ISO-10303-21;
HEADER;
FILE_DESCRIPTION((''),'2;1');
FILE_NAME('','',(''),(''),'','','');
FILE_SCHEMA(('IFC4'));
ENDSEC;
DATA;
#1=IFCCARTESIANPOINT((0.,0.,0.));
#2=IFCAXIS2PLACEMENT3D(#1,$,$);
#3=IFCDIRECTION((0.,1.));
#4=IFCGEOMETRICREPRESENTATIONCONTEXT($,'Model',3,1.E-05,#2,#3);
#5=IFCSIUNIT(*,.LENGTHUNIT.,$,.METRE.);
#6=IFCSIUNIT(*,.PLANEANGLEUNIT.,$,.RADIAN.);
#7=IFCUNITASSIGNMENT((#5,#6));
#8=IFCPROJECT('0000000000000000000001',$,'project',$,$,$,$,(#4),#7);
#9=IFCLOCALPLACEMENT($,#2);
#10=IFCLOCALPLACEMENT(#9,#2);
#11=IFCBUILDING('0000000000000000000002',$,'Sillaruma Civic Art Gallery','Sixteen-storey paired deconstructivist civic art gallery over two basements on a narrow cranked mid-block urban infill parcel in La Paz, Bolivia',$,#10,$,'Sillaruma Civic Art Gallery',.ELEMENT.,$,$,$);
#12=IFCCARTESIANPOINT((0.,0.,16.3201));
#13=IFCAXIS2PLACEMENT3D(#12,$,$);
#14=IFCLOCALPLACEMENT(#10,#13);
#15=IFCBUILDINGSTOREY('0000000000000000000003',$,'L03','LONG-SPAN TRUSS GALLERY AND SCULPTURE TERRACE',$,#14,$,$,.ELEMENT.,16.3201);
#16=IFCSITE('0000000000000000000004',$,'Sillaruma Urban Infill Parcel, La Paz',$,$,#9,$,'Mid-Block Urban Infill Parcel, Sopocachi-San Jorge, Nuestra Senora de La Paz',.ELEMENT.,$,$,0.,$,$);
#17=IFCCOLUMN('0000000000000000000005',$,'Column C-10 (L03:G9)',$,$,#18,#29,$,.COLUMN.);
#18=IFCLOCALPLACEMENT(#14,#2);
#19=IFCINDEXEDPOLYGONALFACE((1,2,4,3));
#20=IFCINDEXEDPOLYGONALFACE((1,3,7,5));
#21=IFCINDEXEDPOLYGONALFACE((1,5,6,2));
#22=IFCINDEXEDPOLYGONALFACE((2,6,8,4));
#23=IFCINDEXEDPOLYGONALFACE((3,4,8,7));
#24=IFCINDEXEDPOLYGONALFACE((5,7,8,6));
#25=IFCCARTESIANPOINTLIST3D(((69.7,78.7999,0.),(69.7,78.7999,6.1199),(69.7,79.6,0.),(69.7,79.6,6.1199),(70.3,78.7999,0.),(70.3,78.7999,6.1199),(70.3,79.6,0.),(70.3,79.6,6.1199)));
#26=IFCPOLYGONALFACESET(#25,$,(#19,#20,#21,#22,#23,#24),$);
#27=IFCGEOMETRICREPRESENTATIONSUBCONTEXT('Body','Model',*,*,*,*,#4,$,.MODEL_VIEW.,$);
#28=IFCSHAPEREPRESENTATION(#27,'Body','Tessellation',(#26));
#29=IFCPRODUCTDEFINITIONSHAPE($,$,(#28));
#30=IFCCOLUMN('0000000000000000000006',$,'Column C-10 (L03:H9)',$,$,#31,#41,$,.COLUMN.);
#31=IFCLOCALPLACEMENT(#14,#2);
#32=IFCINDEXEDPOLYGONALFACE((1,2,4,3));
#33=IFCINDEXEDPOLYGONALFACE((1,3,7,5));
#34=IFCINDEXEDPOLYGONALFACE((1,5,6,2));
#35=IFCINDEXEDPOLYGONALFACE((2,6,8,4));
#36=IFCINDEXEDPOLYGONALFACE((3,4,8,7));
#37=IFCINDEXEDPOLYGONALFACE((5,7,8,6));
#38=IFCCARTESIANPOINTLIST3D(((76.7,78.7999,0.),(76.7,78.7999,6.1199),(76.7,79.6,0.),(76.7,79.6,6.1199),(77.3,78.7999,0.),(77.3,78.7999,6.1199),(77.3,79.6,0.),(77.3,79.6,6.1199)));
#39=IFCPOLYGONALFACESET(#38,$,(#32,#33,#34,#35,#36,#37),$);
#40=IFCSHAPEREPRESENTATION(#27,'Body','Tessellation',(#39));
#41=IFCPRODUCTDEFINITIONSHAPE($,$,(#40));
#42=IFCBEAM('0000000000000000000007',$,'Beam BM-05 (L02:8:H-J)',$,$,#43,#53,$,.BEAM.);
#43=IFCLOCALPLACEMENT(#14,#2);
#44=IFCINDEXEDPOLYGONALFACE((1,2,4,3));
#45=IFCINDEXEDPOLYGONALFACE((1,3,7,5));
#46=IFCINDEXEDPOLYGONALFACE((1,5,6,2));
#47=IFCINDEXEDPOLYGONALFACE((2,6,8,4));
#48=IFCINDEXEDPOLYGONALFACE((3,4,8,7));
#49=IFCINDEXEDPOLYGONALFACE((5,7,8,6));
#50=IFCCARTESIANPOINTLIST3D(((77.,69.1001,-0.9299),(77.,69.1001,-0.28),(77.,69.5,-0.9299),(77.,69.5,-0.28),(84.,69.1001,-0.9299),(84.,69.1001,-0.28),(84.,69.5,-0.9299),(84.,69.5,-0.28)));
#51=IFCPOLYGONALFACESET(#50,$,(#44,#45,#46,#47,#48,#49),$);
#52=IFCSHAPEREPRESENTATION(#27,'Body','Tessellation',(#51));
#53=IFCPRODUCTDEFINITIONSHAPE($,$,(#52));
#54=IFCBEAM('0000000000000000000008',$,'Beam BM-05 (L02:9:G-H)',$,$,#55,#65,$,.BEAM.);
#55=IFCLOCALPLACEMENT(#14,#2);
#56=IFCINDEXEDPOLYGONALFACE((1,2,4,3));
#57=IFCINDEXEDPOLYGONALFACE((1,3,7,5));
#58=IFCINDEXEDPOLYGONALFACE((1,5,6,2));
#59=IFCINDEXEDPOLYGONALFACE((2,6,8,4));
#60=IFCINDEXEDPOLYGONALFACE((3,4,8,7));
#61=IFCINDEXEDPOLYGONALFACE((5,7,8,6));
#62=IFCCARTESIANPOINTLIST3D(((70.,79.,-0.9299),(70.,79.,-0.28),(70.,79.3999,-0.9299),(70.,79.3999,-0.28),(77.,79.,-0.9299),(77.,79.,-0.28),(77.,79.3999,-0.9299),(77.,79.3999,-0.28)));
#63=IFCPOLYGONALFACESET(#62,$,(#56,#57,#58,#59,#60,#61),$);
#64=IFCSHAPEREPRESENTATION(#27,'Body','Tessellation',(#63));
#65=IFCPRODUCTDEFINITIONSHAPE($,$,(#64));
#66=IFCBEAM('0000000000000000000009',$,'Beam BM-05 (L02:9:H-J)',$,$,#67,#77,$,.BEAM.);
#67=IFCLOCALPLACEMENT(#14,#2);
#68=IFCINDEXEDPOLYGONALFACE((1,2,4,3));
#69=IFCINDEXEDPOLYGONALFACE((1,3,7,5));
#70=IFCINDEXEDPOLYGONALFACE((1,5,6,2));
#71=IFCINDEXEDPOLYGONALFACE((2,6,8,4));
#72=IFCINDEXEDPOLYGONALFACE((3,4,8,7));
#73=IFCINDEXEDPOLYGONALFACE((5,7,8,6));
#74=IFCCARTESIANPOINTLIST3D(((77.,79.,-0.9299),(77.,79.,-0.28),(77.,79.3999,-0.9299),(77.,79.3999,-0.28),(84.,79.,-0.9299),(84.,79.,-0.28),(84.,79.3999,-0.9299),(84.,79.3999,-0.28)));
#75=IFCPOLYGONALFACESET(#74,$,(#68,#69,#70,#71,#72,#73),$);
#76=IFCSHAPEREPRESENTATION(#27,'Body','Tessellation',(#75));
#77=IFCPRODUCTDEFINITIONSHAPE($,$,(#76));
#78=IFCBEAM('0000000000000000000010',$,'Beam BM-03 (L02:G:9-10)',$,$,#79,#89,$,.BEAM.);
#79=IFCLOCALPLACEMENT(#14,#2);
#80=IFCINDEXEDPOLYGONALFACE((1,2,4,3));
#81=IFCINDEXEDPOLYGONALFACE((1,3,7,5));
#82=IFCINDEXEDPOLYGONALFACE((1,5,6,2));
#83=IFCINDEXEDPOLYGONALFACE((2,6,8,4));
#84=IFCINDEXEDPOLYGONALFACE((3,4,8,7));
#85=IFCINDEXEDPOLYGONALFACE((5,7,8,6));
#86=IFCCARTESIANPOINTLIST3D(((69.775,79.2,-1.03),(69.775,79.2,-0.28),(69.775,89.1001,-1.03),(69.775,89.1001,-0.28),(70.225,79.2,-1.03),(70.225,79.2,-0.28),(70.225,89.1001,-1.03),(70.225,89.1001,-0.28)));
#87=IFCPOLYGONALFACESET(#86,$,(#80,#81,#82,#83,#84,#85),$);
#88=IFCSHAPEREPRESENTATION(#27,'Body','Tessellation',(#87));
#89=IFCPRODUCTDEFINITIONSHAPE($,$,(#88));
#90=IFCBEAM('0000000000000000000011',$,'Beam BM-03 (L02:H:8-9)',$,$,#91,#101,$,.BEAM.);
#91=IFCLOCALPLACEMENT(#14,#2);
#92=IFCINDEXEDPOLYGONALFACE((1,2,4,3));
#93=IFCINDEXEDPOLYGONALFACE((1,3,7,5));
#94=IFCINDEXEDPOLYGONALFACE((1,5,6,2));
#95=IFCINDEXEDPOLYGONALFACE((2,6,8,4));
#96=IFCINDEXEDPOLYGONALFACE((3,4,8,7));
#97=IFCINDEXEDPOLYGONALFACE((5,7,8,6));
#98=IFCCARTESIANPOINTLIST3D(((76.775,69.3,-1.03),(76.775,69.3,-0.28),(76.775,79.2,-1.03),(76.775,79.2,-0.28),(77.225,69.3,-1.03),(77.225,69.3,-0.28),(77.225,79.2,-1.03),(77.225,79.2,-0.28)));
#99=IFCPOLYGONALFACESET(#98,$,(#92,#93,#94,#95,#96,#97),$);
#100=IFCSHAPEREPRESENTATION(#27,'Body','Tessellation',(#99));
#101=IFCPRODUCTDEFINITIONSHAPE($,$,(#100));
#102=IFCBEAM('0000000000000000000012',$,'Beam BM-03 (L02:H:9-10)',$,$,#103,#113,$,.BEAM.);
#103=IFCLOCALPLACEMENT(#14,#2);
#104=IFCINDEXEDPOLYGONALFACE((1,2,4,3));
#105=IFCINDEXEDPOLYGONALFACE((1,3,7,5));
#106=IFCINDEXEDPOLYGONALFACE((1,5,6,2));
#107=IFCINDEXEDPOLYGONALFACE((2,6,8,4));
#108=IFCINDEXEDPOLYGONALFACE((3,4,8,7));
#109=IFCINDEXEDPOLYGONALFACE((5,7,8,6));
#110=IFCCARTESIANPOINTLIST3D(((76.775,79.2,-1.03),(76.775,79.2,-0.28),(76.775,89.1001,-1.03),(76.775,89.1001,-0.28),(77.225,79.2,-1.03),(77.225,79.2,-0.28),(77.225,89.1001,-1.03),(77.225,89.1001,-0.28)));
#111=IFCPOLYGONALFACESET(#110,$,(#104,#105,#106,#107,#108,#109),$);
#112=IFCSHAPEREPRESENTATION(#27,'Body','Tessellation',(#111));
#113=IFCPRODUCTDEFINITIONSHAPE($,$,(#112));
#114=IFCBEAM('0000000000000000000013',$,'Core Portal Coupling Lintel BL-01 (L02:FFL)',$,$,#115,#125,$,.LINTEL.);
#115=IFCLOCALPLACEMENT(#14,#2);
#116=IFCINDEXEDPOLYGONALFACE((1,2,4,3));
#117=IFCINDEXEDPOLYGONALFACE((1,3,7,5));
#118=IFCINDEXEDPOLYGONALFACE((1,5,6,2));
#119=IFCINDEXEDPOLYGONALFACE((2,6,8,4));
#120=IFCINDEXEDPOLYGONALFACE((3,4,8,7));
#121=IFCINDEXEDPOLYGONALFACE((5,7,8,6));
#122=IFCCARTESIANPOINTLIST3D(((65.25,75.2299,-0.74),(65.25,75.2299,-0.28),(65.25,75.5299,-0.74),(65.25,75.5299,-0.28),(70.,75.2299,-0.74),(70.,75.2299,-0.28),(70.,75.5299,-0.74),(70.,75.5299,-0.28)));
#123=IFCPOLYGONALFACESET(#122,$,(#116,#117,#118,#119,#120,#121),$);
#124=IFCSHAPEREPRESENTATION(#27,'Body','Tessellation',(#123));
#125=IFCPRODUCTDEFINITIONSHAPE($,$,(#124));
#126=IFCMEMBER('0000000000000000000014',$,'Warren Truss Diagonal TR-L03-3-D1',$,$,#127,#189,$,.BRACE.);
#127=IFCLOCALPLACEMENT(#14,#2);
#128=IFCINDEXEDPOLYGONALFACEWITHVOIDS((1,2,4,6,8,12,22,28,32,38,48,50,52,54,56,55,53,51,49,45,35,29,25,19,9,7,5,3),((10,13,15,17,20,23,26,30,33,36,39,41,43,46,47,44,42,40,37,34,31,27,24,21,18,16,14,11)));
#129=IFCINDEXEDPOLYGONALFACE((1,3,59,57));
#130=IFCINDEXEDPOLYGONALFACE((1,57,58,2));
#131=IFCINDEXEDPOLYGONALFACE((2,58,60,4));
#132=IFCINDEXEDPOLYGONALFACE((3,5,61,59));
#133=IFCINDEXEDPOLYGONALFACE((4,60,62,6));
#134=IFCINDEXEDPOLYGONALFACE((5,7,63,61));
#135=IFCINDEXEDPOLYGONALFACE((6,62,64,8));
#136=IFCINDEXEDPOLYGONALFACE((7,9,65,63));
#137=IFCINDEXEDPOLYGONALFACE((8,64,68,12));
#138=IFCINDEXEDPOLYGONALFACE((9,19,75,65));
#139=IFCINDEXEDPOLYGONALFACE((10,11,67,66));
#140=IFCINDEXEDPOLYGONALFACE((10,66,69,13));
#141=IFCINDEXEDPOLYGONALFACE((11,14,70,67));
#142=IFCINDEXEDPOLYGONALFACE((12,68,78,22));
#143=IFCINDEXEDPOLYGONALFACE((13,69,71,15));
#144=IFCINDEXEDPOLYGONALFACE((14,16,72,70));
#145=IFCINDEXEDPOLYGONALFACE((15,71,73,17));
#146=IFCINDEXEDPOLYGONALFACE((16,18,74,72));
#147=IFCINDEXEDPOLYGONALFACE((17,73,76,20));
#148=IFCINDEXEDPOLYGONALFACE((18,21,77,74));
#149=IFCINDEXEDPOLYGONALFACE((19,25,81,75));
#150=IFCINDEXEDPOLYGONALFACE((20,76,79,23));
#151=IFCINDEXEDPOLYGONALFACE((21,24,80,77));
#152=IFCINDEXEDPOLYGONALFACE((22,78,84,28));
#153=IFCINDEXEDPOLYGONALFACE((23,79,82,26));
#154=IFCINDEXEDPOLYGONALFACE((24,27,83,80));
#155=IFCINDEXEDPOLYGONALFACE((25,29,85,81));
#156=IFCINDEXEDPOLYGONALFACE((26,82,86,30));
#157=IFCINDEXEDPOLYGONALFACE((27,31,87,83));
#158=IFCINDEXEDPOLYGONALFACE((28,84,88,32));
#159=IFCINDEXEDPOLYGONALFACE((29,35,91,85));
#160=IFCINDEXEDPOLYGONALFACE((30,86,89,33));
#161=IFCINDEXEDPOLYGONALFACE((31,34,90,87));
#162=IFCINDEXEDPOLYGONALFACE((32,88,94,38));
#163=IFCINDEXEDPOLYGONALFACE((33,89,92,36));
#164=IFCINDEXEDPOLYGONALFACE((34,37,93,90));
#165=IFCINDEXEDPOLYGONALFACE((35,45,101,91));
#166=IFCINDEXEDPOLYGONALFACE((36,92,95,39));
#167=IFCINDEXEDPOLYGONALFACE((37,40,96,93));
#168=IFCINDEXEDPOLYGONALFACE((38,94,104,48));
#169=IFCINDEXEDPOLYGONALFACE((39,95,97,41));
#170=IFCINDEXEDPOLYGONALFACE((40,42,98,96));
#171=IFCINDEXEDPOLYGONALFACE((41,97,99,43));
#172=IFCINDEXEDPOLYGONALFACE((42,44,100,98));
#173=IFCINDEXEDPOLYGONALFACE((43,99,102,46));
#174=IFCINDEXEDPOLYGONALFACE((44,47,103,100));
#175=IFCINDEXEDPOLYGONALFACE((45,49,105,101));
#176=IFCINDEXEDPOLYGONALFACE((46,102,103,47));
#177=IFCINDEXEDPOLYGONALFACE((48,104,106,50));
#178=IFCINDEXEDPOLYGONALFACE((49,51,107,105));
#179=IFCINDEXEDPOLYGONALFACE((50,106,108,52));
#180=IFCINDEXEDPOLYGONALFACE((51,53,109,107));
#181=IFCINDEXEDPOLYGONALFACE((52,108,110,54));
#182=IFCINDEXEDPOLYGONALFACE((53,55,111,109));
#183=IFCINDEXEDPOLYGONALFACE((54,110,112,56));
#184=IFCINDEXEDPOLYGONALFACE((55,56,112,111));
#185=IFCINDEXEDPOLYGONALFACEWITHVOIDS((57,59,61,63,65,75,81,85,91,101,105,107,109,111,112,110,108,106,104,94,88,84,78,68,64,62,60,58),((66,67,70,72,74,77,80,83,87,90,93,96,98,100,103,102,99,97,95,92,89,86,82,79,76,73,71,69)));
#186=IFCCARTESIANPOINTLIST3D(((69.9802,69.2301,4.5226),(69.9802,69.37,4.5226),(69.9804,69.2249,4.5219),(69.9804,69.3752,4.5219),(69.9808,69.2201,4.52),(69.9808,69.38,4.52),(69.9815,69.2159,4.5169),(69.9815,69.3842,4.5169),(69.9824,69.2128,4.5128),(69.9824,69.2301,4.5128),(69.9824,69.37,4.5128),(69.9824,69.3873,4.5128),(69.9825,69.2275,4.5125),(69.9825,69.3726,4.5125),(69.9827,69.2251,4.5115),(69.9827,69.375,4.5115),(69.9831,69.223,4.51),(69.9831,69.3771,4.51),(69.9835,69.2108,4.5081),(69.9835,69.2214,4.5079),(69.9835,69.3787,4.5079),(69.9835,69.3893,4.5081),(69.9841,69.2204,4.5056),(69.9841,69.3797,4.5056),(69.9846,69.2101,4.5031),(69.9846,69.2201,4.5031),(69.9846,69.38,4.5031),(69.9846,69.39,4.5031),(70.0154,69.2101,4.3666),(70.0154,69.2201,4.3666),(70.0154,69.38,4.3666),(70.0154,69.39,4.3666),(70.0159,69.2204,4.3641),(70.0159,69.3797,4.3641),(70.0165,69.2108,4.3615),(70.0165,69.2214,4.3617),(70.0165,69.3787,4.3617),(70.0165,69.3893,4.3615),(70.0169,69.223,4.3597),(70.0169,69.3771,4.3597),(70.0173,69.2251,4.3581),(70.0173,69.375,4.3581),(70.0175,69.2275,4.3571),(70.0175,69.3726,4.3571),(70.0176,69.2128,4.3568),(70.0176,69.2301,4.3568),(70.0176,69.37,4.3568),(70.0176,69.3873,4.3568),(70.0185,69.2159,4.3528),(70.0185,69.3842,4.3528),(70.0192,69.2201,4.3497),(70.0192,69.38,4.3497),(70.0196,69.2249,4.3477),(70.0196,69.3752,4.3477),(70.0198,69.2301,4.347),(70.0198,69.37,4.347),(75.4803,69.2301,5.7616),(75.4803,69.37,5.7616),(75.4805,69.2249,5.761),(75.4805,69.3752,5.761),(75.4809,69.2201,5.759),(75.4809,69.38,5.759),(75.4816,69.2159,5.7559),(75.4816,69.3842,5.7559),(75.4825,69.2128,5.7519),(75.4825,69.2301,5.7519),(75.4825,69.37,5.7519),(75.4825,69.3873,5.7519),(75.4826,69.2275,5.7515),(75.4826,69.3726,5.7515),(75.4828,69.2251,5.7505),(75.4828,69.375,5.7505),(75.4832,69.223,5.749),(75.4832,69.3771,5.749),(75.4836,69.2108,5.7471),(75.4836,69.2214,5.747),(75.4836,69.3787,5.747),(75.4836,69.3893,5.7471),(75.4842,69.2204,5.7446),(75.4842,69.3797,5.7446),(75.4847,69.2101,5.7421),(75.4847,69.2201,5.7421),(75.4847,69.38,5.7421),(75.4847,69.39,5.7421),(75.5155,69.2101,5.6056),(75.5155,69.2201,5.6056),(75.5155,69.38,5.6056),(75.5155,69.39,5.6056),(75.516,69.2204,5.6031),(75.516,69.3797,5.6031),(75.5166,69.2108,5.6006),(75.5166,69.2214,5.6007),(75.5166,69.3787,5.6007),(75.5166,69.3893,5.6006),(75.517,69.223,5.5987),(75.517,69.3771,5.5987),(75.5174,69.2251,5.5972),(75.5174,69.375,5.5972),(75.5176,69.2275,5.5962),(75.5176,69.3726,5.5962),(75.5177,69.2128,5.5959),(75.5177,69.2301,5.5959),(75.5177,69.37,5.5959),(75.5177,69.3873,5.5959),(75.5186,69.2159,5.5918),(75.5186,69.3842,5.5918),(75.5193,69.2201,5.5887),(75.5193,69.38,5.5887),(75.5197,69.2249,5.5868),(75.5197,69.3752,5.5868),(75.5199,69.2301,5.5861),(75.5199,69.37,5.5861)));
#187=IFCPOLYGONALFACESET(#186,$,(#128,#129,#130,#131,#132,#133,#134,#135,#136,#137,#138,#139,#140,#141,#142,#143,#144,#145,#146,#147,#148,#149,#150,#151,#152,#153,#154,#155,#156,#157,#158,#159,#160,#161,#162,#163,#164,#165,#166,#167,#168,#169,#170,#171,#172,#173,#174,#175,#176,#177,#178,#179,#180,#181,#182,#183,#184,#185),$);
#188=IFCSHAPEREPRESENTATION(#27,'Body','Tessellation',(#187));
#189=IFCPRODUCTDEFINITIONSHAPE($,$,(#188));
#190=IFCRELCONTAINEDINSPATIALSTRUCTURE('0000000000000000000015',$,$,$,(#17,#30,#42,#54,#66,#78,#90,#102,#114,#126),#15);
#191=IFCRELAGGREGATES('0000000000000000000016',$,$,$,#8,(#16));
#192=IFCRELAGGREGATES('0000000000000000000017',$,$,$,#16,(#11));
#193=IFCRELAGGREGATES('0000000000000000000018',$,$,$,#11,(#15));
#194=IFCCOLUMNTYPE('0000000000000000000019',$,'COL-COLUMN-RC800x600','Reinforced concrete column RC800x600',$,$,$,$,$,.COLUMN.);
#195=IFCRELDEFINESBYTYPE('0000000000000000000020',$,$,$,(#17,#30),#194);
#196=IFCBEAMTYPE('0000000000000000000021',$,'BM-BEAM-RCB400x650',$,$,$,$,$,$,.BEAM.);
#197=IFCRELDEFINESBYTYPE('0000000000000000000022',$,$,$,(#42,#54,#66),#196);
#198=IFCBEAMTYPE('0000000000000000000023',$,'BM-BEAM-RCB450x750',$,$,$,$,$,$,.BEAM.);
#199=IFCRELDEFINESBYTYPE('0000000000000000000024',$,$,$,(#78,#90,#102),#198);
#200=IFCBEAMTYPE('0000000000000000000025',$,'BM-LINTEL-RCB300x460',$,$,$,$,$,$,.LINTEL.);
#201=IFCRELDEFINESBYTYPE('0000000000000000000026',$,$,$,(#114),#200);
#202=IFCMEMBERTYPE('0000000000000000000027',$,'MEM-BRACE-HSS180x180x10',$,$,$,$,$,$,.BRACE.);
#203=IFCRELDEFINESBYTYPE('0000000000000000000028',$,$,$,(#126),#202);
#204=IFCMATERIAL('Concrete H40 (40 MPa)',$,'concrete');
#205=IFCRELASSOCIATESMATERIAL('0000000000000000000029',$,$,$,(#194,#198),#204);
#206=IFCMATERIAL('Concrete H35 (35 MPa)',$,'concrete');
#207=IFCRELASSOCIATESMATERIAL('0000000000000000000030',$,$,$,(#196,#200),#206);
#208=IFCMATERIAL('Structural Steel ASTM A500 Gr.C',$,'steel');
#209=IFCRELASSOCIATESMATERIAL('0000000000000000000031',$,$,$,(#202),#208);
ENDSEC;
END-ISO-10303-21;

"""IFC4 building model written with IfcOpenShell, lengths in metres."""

from ifc_helpers import new_model, si_unit, direction, frame, origin, origin_2d, place, context, subcontext, project, spatial, rectangle, hollow_rectangle, extrude, material, material_profile, profile_set, type_object, element, save


model = new_model("IFC4")

# Units and contexts
model_context = context("Model", 3, precision=1e-05, world=origin(), true_north=direction((0.0, 1.0)))
body_context = subcontext(model_context, "Body", "Model", "MODEL_VIEW")
ifc_project = project(units=[si_unit("LENGTHUNIT", "METRE"), si_unit("PLANEANGLEUNIT", "RADIAN")], contexts=[model_context])

# Site, building, storey
site_placement = place(None, origin())
site = spatial("IfcSite", under=ifc_project, at=site_placement, Name="Sillaruma Urban Infill Parcel, La Paz", LongName="Mid-Block Urban Infill Parcel, Sopocachi-San Jorge, Nuestra Senora de La Paz", CompositionType="ELEMENT", RefElevation=0.0)
building_placement = place(site_placement, origin())
building = spatial("IfcBuilding", under=site, at=building_placement, Name="Sillaruma Civic Art Gallery", Description="Sixteen-storey paired deconstructivist civic art gallery over two basements on a narrow cranked mid-block urban infill parcel in La Paz, Bolivia", LongName="Sillaruma Civic Art Gallery", CompositionType="ELEMENT")
storey_placement = place(building_placement, frame((0.0, 0.0, 16.3201)))
storey = spatial("IfcBuildingStorey", under=building, at=storey_placement, Name="L03", Description="LONG-SPAN TRUSS GALLERY AND SCULPTURE TERRACE", CompositionType="ELEMENT", Elevation=16.3201)

# Columns
ifc_material_1 = material(Name="Concrete H40 (40 MPa)", Category="concrete")
ifc_material_profile_1 = material_profile(ifc_material_1, rectangle(XDim=0.6001, YDim=0.8, at=origin_2d()), Name="RC800x600")
ifc_profile_set_1 = profile_set([ifc_material_profile_1], Name="Concrete H40 (40 MPa)")
column_type = type_object("IfcColumnType", Name="COL-COLUMN-RC800x600", Description="Reinforced concrete column RC800x600", PredefinedType="COLUMN", material=ifc_profile_set_1)
for number, where, z_axis, x_axis, name in (
    (1, (70.0, 79.2, 0.0), (0.0, 0.0, 1.0), (1.0, 0.0, 0.0), "Column C-10 (L03:G9)"),
    (2, (77.0, 79.2, 0.0), (0.0, 0.0, 1.0), (1.0, 0.0, 0.0), "Column C-10 (L03:H9)"),
):
    element("IfcColumn", number, at=place(storey_placement, frame(where, z_axis=z_axis, x_axis=x_axis)), inside=storey, type_object=column_type, Name=name, PredefinedType="COLUMN", context=body_context, shape_type="SweptSolid", body=[
        extrude(rectangle(XDim=0.6001, YDim=0.8, at=origin_2d()), origin(), (0.0, 0.0, 1.0), 6.1199),
    ])

# Beams
ifc_material_2 = material(Name="Concrete H35 (35 MPa)", Category="concrete")
ifc_material_profile_2 = material_profile(ifc_material_2, rectangle(XDim=0.3999, YDim=0.6499, at=origin_2d()), Name="RCB400x650")
ifc_profile_set_2 = profile_set([ifc_material_profile_2], Name="Concrete H35 (35 MPa)")
beam_type_1 = type_object("IfcBeamType", Name="BM-BEAM-RCB400x650", PredefinedType="BEAM", material=ifc_profile_set_2)
for number, where, z_axis, x_axis, name in (
    (3, (77.0, 69.3, -0.605), (1.0, 0.0, 0.0), (0.0, 1.0, 0.0), "Beam BM-05 (L02:8:H-J)"),
    (4, (70.0, 79.2, -0.605), (1.0, 0.0, 0.0), (0.0, 1.0, 0.0), "Beam BM-05 (L02:9:G-H)"),
    (5, (77.0, 79.2, -0.605), (1.0, 0.0, 0.0), (0.0, 1.0, 0.0), "Beam BM-05 (L02:9:H-J)"),
):
    element("IfcBeam", number, at=place(storey_placement, frame(where, z_axis=z_axis, x_axis=x_axis)), inside=storey, type_object=beam_type_1, Name=name, PredefinedType="BEAM", context=body_context, shape_type="SweptSolid", body=[
        extrude(rectangle(XDim=0.3999, YDim=0.6499, at=origin_2d()), origin(), (0.0, 0.0, 1.0), 7.0),
    ])
ifc_material_profile_3 = material_profile(ifc_material_1, rectangle(XDim=0.45, YDim=0.75, at=origin_2d()), Name="RCB450x750")
ifc_profile_set_3 = profile_set([ifc_material_profile_3], Name="Concrete H40 (40 MPa)")
beam_type_2 = type_object("IfcBeamType", Name="BM-BEAM-RCB450x750", PredefinedType="BEAM", material=ifc_profile_set_3)
beam_1_placement = place(storey_placement, frame((70.0, 79.2, -0.655), z_axis=(0.0, 1.0, 0.0), x_axis=(-1.0, 0.0, 0.0)))
element("IfcBeam", 6, at=beam_1_placement, inside=storey, type_object=beam_type_2, Name="Beam BM-03 (L02:G:9-10)", PredefinedType="BEAM", context=body_context, shape_type="SweptSolid", body=[
    extrude(rectangle(XDim=0.45, YDim=0.75, at=origin_2d()), origin(), (0.0, 0.0, 1.0), 9.9001),
])
beam_2_placement = place(storey_placement, frame((77.0, 69.3, -0.655), z_axis=(0.0, 1.0, 0.0), x_axis=(-1.0, 0.0, 0.0)))
element("IfcBeam", 7, at=beam_2_placement, inside=storey, type_object=beam_type_2, Name="Beam BM-03 (L02:H:8-9)", PredefinedType="BEAM", context=body_context, shape_type="SweptSolid", body=[
    extrude(rectangle(XDim=0.45, YDim=0.75, at=origin_2d()), origin(), (0.0, 0.0, 1.0), 9.8999),
])
beam_3_placement = place(storey_placement, frame((77.0, 79.2, -0.655), z_axis=(0.0, 1.0, 0.0), x_axis=(-1.0, 0.0, 0.0)))
element("IfcBeam", 8, at=beam_3_placement, inside=storey, type_object=beam_type_2, Name="Beam BM-03 (L02:H:9-10)", PredefinedType="BEAM", context=body_context, shape_type="SweptSolid", body=[
    extrude(rectangle(XDim=0.45, YDim=0.75, at=origin_2d()), origin(), (0.0, 0.0, 1.0), 9.9001),
])
ifc_material_profile_4 = material_profile(ifc_material_2, rectangle(XDim=0.3, YDim=0.46, at=origin_2d()), Name="RCB300x460")
ifc_profile_set_4 = profile_set([ifc_material_profile_4], Name="Concrete H35 (35 MPa)")
beam_type_3 = type_object("IfcBeamType", Name="BM-LINTEL-RCB300x460", PredefinedType="LINTEL", material=ifc_profile_set_4)
beam_4_placement = place(storey_placement, frame((65.25, 75.3799, -0.51), z_axis=(1.0, 0.0, 0.0), x_axis=(0.0, 1.0, 0.0)))
element("IfcBeam", 9, at=beam_4_placement, inside=storey, type_object=beam_type_3, Name="Core Portal Coupling Lintel BL-01 (L02:FFL)", PredefinedType="LINTEL", context=body_context, shape_type="SweptSolid", body=[
    extrude(rectangle(XDim=0.3, YDim=0.46, at=origin_2d()), origin(), (0.0, 0.0, 1.0), 4.75),
])

# Member
ifc_material_3 = material(Name="Structural Steel ASTM A500 Gr.C", Category="steel")
ifc_material_profile_5 = material_profile(ifc_material_3, hollow_rectangle(XDim=0.1799, YDim=0.1799, WallThickness=0.01, InnerFilletRadius=0.01, OuterFilletRadius=0.02, at=origin_2d()), Name="HSS180x180x10")
ifc_profile_set_5 = profile_set([ifc_material_profile_5], Name="Structural Steel ASTM A500 Gr.C")
member_type_1 = type_object("IfcMemberType", Name="MEM-BRACE-HSS180x180x10", PredefinedType="BRACE", material=ifc_profile_set_5)
for number, where, z_axis, x_axis, name in (
    (10, (70.0, 69.3, 4.4348), (0.975552, 0.0, 0.219768), (0.0, 1.0, 0.0), "Warren Truss Diagonal TR-L03-3-D1"),
):
    element("IfcMember", number, at=place(storey_placement, frame(where, z_axis=z_axis, x_axis=x_axis)), inside=storey, type_object=member_type_1, Name=name, PredefinedType="BRACE", context=body_context, shape_type="SweptSolid", body=[
        extrude(hollow_rectangle(XDim=0.1799, YDim=0.1799, WallThickness=0.01, InnerFilletRadius=0.01, OuterFilletRadius=0.02, at=origin_2d()), origin(), (0.0, 0.0, 1.0), 5.6379),
    ])

save(model, "model.ifc")
